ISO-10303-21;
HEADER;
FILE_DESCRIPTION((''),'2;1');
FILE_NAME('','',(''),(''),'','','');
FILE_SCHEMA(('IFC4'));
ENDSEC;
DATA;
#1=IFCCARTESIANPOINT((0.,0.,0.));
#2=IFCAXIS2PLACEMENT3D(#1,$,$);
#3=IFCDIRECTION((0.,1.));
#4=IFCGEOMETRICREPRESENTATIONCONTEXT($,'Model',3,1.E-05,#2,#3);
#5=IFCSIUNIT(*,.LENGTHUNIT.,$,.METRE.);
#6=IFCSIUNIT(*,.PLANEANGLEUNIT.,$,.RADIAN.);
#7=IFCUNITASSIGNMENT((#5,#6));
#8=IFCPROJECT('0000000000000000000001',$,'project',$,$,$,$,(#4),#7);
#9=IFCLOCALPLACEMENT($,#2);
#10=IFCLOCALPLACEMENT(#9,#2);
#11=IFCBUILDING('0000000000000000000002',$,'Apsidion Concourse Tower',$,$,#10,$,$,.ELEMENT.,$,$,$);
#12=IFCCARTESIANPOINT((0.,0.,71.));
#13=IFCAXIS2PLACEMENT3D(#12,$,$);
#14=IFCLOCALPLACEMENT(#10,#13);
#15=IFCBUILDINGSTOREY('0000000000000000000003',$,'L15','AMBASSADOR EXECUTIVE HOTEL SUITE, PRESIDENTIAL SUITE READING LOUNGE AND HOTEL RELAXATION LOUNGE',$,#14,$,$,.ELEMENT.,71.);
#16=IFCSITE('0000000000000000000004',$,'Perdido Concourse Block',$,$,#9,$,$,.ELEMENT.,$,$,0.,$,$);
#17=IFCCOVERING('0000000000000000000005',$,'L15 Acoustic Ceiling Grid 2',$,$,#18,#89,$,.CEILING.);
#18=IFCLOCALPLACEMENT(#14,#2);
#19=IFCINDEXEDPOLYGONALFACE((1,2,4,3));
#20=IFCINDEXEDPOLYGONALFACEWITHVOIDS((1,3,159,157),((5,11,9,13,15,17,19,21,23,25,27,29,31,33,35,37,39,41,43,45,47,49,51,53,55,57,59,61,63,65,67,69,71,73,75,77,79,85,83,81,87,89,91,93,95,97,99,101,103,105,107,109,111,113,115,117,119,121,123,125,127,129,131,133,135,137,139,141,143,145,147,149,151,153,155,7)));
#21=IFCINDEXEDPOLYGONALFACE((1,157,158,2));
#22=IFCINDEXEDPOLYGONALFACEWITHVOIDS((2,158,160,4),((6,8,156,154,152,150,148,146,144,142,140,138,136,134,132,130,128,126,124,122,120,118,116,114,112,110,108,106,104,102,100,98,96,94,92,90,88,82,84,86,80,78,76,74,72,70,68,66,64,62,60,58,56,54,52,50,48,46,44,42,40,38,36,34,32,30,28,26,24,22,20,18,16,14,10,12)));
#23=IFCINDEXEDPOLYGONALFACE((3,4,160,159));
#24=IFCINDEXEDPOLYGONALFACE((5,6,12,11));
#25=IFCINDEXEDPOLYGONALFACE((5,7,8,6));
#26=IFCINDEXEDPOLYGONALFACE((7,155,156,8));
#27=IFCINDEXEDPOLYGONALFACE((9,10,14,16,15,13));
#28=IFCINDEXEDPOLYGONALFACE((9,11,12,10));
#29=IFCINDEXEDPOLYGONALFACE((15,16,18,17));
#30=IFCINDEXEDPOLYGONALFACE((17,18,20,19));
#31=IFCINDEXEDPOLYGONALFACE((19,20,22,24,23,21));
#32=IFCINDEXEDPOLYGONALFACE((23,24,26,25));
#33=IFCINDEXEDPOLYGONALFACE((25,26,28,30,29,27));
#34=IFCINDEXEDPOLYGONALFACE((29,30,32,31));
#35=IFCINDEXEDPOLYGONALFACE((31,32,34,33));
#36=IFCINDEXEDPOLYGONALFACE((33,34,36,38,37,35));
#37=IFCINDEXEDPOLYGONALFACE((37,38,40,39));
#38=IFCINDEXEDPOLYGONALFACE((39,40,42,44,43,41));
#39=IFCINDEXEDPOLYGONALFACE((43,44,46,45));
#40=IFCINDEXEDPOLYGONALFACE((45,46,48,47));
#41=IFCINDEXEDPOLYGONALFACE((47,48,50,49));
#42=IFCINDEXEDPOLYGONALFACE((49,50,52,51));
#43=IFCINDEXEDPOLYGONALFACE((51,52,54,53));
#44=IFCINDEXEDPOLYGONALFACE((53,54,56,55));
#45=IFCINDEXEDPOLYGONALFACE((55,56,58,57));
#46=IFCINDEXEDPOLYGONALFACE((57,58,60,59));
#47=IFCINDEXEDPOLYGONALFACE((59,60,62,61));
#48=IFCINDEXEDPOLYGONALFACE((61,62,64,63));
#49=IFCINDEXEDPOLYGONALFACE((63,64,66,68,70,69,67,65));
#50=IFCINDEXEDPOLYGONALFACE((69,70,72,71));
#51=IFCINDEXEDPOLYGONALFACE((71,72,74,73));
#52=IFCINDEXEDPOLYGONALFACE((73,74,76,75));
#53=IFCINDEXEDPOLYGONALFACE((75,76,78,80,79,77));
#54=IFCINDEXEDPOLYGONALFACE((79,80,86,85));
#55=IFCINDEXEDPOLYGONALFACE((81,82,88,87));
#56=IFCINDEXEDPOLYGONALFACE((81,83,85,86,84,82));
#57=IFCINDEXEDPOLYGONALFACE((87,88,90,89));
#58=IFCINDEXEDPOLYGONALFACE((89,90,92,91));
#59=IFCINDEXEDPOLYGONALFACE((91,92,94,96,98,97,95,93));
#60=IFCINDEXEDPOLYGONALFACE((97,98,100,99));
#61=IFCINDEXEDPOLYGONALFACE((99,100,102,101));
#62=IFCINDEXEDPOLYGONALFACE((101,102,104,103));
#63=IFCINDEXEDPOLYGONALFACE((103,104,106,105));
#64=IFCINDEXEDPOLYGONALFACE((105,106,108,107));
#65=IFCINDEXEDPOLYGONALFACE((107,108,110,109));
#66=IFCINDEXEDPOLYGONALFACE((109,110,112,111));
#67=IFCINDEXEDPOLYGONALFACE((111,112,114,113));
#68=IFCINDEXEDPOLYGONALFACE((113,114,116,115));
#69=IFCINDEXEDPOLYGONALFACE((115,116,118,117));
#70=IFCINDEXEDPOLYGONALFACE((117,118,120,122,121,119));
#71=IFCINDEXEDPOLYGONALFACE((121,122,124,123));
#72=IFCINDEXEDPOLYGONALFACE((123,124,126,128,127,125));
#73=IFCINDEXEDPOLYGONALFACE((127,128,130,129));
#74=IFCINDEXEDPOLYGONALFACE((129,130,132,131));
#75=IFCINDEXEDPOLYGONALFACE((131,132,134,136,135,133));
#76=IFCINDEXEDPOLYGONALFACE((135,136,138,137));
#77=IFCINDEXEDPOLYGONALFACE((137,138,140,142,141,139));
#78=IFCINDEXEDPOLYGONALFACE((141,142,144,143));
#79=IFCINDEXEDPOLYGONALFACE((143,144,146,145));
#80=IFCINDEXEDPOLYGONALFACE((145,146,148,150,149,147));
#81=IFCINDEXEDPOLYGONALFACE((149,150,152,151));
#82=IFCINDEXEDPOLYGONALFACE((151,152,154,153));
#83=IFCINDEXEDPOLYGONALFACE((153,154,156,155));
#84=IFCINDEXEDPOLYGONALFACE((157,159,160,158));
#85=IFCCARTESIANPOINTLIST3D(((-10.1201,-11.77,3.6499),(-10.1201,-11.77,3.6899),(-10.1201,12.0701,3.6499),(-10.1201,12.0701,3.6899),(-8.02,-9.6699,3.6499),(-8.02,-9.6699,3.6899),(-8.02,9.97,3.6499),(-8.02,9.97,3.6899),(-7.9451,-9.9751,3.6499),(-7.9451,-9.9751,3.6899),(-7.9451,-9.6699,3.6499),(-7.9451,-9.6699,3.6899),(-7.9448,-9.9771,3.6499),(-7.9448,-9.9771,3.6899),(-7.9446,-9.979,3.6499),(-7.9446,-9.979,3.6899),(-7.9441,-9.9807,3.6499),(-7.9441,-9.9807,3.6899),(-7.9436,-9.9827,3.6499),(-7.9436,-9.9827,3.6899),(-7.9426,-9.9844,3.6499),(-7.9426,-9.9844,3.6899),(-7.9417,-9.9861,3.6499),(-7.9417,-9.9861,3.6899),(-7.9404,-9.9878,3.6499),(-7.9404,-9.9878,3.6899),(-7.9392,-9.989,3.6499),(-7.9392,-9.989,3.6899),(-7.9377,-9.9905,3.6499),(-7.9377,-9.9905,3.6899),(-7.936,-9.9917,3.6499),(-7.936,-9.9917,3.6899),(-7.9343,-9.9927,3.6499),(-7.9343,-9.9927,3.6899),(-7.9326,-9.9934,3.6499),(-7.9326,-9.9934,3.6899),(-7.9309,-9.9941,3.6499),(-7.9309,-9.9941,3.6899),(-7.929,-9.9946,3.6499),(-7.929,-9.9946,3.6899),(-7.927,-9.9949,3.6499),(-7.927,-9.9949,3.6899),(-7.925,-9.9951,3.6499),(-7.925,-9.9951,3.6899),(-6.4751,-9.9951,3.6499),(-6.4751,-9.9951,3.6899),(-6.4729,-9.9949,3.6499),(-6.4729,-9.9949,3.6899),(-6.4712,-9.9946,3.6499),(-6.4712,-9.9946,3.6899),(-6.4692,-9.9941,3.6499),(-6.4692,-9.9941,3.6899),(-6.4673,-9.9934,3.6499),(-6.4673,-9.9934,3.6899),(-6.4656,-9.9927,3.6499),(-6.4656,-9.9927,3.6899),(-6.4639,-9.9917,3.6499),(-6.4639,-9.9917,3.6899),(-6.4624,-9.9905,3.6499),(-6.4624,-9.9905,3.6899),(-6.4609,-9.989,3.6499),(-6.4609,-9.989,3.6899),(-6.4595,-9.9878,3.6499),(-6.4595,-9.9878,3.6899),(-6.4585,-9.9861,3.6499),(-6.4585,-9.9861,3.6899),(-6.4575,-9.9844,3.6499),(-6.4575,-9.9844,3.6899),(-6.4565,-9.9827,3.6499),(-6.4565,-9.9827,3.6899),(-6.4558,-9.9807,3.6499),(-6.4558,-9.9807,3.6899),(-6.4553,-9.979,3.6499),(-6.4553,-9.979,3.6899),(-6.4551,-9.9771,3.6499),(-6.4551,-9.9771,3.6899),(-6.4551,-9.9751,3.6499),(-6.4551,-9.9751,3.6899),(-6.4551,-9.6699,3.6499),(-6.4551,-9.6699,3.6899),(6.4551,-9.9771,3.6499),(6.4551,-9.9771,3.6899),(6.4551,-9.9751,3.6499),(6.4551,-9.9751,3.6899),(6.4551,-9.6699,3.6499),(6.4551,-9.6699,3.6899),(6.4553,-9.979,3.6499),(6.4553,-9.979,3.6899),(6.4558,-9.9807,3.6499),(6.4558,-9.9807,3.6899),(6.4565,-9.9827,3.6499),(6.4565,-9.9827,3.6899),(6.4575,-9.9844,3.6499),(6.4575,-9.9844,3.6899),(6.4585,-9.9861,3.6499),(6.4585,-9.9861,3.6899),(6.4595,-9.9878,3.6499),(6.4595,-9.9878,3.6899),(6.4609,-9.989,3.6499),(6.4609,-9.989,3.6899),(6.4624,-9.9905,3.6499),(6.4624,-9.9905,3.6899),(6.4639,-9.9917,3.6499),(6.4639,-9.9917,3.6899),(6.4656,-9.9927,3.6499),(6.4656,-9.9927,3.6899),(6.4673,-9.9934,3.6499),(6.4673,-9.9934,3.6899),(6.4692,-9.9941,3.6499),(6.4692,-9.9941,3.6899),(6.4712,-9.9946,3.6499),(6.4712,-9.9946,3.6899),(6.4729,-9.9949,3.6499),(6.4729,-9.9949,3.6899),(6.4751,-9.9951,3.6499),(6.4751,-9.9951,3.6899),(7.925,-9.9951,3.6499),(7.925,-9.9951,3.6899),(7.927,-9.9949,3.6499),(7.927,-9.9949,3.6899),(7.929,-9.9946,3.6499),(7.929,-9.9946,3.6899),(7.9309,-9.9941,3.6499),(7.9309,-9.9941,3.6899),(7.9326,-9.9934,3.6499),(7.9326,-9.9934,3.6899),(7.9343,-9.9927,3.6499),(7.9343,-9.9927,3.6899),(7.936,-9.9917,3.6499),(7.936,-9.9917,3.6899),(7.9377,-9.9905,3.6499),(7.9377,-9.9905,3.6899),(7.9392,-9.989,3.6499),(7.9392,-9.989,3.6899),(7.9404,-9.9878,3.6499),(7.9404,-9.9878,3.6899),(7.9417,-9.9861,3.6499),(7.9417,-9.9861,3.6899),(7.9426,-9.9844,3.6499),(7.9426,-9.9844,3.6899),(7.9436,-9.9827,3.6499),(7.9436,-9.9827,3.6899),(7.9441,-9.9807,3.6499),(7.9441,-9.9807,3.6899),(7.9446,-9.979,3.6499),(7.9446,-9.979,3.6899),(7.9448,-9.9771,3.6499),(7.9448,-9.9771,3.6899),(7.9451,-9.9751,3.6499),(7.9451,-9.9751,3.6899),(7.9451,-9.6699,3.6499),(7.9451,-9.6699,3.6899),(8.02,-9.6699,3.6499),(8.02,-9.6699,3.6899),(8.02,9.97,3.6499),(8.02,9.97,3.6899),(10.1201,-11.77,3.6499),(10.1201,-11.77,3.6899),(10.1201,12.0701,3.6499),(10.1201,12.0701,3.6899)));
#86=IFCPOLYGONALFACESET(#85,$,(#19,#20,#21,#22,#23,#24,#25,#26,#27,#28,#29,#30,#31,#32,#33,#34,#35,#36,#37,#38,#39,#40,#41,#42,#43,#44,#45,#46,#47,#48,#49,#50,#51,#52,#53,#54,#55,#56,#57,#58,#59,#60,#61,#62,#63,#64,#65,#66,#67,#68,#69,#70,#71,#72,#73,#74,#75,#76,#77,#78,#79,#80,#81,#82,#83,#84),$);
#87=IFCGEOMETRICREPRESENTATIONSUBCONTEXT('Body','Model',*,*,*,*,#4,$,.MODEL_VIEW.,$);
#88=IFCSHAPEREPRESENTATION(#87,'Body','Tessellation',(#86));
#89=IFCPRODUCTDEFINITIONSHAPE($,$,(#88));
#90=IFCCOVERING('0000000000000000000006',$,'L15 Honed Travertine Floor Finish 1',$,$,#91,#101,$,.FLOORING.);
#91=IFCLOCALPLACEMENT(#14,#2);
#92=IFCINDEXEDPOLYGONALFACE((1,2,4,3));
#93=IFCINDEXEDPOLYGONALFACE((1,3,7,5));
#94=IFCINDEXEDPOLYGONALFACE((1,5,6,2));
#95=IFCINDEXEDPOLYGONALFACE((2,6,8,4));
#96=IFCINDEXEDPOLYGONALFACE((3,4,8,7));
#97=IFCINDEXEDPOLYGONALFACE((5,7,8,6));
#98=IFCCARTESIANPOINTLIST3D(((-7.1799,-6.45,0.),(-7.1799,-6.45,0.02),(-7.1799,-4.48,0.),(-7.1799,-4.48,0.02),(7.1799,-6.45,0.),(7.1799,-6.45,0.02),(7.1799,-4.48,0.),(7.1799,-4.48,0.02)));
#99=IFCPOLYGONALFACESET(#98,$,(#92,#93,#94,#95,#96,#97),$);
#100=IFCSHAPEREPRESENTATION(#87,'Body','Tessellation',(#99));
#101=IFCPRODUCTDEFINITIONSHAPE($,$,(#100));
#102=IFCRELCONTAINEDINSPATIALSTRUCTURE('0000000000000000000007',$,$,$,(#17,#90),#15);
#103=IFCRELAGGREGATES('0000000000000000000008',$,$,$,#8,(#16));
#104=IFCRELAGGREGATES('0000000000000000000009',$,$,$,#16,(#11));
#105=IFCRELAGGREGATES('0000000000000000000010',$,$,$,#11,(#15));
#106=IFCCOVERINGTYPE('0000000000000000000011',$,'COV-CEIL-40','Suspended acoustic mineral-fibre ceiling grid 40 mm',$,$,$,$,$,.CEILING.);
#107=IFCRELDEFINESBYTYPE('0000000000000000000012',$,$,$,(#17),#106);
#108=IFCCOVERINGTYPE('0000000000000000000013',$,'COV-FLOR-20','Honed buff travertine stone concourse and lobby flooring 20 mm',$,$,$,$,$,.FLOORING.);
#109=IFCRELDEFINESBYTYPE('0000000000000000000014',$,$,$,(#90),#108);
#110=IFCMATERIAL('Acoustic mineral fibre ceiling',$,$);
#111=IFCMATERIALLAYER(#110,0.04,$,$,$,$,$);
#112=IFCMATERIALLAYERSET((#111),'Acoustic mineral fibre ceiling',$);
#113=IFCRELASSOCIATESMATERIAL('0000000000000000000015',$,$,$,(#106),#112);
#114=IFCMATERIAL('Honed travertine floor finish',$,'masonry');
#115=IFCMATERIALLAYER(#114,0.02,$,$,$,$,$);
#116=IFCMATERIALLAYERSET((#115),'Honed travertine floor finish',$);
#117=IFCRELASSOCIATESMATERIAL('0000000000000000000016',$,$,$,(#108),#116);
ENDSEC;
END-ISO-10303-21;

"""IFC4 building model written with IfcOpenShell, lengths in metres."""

from ifc_helpers import new_model, si_unit, direction, frame, origin, place, context, subcontext, project, spatial, polyline, outline, extrude, material, layer, layer_set, type_object, element, save


model = new_model("IFC4")

# Units and contexts
model_context = context("Model", 3, precision=1e-05, world=origin(), true_north=direction((0.0, 1.0)))
body_context = subcontext(model_context, "Body", "Model", "MODEL_VIEW")
ifc_project = project(units=[si_unit("LENGTHUNIT", "METRE"), si_unit("PLANEANGLEUNIT", "RADIAN")], contexts=[model_context])

# Site, building, storey
site_placement = place(None, origin())
site = spatial("IfcSite", under=ifc_project, at=site_placement, Name="Perdido Concourse Block", CompositionType="ELEMENT", RefElevation=0.0)
building_placement = place(site_placement, origin())
building = spatial("IfcBuilding", under=site, at=building_placement, Name="Apsidion Concourse Tower", CompositionType="ELEMENT")
storey_placement = place(building_placement, frame((0.0, 0.0, 71.0)))
storey = spatial("IfcBuildingStorey", under=building, at=storey_placement, Name="L15", Description="AMBASSADOR EXECUTIVE HOTEL SUITE, PRESIDENTIAL SUITE READING LOUNGE AND HOTEL RELAXATION LOUNGE", CompositionType="ELEMENT", Elevation=71.0)

# Coverings
ifc_material_1 = material(Name="Acoustic mineral fibre ceiling")
ifc_layer_1 = layer(ifc_material_1, 0.04)
ifc_layer_set_1 = layer_set([ifc_layer_1], Name="Acoustic mineral fibre ceiling")
covering_type_1 = type_object("IfcCoveringType", Name="COV-CEIL-40", Description="Suspended acoustic mineral-fibre ceiling grid 40 mm", PredefinedType="CEILING", material=ifc_layer_set_1)
covering_1_placement = place(storey_placement, frame((0.0, 0.0, 3.6499)))
element("IfcCovering", 1, at=covering_1_placement, inside=storey, type_object=covering_type_1, Name="L15 Acoustic Ceiling Grid 2", PredefinedType="CEILING", context=body_context, shape_type="SweptSolid", body=[
    extrude(outline(polyline([(10.1201, 12.0701), (10.1201, -11.77), (-10.1201, -11.77), (-10.1201, 12.0701), (10.1201, 12.0701)]), holes=[polyline([(-8.02, -9.6699), (-7.9451, -9.6699), (-7.9451, -9.9751), (-7.9448, -9.9771), (-7.9446, -9.979), (-7.9441, -9.9807), (-7.9436, -9.9827), (-7.9426, -9.9844), (-7.9417, -9.9861), (-7.9404, -9.9878), (-7.9392, -9.989), (-7.9377, -9.9905), (-7.936, -9.9917), (-7.9343, -9.9927), (-7.9326, -9.9934), (-7.9309, -9.9941), (-7.929, -9.9946), (-7.927, -9.9949), (-7.925, -9.9951), (-6.4751, -9.9951), (-6.4729, -9.9949), (-6.4712, -9.9946), (-6.4692, -9.9941), (-6.4673, -9.9934), (-6.4656, -9.9927), (-6.4639, -9.9917), (-6.4624, -9.9905), (-6.4609, -9.989), (-6.4595, -9.9878), (-6.4585, -9.9861), (-6.4575, -9.9844), (-6.4565, -9.9827), (-6.4558, -9.9807), (-6.4553, -9.979), (-6.4551, -9.9771), (-6.4551, -9.9751), (-6.4551, -9.6699), (6.4551, -9.6699), (6.4551, -9.9751), (6.4551, -9.9771), (6.4553, -9.979), (6.4558, -9.9807), (6.4565, -9.9827), (6.4575, -9.9844), (6.4585, -9.9861), (6.4595, -9.9878), (6.4609, -9.989), (6.4624, -9.9905), (6.4639, -9.9917), (6.4656, -9.9927), (6.4673, -9.9934), (6.4692, -9.9941), (6.4712, -9.9946), (6.4729, -9.9949), (6.4751, -9.9951), (7.925, -9.9951), (7.927, -9.9949), (7.929, -9.9946), (7.9309, -9.9941), (7.9326, -9.9934), (7.9343, -9.9927), (7.936, -9.9917), (7.9377, -9.9905), (7.9392, -9.989), (7.9404, -9.9878), (7.9417, -9.9861), (7.9426, -9.9844), (7.9436, -9.9827), (7.9441, -9.9807), (7.9446, -9.979), (7.9448, -9.9771), (7.9451, -9.9751), (7.9451, -9.6699), (8.02, -9.6699), (8.02, 9.97), (-8.02, 9.97), (-8.02, -9.6699)])]), origin(), (0.0, 0.0, 1.0), 0.04),
])
ifc_material_2 = material(Name="Honed travertine floor finish", Category="masonry")
ifc_layer_2 = layer(ifc_material_2, 0.02)
ifc_layer_set_2 = layer_set([ifc_layer_2], Name="Honed travertine floor finish")
covering_type_2 = type_object("IfcCoveringType", Name="COV-FLOR-20", Description="Honed buff travertine stone concourse and lobby flooring 20 mm", PredefinedType="FLOORING", material=ifc_layer_set_2)
covering_2_placement = place(storey_placement, origin())
element("IfcCovering", 2, at=covering_2_placement, inside=storey, type_object=covering_type_2, Name="L15 Honed Travertine Floor Finish 1", PredefinedType="FLOORING", context=body_context, shape_type="SweptSolid", body=[
    extrude(outline(polyline([(-7.1799, -6.45), (-7.1799, -4.48), (7.1799, -4.48), (7.1799, -6.45), (-7.1799, -6.45)])), origin(), (0.0, 0.0, 1.0), 0.02),
])

save(model, "model.ifc")
